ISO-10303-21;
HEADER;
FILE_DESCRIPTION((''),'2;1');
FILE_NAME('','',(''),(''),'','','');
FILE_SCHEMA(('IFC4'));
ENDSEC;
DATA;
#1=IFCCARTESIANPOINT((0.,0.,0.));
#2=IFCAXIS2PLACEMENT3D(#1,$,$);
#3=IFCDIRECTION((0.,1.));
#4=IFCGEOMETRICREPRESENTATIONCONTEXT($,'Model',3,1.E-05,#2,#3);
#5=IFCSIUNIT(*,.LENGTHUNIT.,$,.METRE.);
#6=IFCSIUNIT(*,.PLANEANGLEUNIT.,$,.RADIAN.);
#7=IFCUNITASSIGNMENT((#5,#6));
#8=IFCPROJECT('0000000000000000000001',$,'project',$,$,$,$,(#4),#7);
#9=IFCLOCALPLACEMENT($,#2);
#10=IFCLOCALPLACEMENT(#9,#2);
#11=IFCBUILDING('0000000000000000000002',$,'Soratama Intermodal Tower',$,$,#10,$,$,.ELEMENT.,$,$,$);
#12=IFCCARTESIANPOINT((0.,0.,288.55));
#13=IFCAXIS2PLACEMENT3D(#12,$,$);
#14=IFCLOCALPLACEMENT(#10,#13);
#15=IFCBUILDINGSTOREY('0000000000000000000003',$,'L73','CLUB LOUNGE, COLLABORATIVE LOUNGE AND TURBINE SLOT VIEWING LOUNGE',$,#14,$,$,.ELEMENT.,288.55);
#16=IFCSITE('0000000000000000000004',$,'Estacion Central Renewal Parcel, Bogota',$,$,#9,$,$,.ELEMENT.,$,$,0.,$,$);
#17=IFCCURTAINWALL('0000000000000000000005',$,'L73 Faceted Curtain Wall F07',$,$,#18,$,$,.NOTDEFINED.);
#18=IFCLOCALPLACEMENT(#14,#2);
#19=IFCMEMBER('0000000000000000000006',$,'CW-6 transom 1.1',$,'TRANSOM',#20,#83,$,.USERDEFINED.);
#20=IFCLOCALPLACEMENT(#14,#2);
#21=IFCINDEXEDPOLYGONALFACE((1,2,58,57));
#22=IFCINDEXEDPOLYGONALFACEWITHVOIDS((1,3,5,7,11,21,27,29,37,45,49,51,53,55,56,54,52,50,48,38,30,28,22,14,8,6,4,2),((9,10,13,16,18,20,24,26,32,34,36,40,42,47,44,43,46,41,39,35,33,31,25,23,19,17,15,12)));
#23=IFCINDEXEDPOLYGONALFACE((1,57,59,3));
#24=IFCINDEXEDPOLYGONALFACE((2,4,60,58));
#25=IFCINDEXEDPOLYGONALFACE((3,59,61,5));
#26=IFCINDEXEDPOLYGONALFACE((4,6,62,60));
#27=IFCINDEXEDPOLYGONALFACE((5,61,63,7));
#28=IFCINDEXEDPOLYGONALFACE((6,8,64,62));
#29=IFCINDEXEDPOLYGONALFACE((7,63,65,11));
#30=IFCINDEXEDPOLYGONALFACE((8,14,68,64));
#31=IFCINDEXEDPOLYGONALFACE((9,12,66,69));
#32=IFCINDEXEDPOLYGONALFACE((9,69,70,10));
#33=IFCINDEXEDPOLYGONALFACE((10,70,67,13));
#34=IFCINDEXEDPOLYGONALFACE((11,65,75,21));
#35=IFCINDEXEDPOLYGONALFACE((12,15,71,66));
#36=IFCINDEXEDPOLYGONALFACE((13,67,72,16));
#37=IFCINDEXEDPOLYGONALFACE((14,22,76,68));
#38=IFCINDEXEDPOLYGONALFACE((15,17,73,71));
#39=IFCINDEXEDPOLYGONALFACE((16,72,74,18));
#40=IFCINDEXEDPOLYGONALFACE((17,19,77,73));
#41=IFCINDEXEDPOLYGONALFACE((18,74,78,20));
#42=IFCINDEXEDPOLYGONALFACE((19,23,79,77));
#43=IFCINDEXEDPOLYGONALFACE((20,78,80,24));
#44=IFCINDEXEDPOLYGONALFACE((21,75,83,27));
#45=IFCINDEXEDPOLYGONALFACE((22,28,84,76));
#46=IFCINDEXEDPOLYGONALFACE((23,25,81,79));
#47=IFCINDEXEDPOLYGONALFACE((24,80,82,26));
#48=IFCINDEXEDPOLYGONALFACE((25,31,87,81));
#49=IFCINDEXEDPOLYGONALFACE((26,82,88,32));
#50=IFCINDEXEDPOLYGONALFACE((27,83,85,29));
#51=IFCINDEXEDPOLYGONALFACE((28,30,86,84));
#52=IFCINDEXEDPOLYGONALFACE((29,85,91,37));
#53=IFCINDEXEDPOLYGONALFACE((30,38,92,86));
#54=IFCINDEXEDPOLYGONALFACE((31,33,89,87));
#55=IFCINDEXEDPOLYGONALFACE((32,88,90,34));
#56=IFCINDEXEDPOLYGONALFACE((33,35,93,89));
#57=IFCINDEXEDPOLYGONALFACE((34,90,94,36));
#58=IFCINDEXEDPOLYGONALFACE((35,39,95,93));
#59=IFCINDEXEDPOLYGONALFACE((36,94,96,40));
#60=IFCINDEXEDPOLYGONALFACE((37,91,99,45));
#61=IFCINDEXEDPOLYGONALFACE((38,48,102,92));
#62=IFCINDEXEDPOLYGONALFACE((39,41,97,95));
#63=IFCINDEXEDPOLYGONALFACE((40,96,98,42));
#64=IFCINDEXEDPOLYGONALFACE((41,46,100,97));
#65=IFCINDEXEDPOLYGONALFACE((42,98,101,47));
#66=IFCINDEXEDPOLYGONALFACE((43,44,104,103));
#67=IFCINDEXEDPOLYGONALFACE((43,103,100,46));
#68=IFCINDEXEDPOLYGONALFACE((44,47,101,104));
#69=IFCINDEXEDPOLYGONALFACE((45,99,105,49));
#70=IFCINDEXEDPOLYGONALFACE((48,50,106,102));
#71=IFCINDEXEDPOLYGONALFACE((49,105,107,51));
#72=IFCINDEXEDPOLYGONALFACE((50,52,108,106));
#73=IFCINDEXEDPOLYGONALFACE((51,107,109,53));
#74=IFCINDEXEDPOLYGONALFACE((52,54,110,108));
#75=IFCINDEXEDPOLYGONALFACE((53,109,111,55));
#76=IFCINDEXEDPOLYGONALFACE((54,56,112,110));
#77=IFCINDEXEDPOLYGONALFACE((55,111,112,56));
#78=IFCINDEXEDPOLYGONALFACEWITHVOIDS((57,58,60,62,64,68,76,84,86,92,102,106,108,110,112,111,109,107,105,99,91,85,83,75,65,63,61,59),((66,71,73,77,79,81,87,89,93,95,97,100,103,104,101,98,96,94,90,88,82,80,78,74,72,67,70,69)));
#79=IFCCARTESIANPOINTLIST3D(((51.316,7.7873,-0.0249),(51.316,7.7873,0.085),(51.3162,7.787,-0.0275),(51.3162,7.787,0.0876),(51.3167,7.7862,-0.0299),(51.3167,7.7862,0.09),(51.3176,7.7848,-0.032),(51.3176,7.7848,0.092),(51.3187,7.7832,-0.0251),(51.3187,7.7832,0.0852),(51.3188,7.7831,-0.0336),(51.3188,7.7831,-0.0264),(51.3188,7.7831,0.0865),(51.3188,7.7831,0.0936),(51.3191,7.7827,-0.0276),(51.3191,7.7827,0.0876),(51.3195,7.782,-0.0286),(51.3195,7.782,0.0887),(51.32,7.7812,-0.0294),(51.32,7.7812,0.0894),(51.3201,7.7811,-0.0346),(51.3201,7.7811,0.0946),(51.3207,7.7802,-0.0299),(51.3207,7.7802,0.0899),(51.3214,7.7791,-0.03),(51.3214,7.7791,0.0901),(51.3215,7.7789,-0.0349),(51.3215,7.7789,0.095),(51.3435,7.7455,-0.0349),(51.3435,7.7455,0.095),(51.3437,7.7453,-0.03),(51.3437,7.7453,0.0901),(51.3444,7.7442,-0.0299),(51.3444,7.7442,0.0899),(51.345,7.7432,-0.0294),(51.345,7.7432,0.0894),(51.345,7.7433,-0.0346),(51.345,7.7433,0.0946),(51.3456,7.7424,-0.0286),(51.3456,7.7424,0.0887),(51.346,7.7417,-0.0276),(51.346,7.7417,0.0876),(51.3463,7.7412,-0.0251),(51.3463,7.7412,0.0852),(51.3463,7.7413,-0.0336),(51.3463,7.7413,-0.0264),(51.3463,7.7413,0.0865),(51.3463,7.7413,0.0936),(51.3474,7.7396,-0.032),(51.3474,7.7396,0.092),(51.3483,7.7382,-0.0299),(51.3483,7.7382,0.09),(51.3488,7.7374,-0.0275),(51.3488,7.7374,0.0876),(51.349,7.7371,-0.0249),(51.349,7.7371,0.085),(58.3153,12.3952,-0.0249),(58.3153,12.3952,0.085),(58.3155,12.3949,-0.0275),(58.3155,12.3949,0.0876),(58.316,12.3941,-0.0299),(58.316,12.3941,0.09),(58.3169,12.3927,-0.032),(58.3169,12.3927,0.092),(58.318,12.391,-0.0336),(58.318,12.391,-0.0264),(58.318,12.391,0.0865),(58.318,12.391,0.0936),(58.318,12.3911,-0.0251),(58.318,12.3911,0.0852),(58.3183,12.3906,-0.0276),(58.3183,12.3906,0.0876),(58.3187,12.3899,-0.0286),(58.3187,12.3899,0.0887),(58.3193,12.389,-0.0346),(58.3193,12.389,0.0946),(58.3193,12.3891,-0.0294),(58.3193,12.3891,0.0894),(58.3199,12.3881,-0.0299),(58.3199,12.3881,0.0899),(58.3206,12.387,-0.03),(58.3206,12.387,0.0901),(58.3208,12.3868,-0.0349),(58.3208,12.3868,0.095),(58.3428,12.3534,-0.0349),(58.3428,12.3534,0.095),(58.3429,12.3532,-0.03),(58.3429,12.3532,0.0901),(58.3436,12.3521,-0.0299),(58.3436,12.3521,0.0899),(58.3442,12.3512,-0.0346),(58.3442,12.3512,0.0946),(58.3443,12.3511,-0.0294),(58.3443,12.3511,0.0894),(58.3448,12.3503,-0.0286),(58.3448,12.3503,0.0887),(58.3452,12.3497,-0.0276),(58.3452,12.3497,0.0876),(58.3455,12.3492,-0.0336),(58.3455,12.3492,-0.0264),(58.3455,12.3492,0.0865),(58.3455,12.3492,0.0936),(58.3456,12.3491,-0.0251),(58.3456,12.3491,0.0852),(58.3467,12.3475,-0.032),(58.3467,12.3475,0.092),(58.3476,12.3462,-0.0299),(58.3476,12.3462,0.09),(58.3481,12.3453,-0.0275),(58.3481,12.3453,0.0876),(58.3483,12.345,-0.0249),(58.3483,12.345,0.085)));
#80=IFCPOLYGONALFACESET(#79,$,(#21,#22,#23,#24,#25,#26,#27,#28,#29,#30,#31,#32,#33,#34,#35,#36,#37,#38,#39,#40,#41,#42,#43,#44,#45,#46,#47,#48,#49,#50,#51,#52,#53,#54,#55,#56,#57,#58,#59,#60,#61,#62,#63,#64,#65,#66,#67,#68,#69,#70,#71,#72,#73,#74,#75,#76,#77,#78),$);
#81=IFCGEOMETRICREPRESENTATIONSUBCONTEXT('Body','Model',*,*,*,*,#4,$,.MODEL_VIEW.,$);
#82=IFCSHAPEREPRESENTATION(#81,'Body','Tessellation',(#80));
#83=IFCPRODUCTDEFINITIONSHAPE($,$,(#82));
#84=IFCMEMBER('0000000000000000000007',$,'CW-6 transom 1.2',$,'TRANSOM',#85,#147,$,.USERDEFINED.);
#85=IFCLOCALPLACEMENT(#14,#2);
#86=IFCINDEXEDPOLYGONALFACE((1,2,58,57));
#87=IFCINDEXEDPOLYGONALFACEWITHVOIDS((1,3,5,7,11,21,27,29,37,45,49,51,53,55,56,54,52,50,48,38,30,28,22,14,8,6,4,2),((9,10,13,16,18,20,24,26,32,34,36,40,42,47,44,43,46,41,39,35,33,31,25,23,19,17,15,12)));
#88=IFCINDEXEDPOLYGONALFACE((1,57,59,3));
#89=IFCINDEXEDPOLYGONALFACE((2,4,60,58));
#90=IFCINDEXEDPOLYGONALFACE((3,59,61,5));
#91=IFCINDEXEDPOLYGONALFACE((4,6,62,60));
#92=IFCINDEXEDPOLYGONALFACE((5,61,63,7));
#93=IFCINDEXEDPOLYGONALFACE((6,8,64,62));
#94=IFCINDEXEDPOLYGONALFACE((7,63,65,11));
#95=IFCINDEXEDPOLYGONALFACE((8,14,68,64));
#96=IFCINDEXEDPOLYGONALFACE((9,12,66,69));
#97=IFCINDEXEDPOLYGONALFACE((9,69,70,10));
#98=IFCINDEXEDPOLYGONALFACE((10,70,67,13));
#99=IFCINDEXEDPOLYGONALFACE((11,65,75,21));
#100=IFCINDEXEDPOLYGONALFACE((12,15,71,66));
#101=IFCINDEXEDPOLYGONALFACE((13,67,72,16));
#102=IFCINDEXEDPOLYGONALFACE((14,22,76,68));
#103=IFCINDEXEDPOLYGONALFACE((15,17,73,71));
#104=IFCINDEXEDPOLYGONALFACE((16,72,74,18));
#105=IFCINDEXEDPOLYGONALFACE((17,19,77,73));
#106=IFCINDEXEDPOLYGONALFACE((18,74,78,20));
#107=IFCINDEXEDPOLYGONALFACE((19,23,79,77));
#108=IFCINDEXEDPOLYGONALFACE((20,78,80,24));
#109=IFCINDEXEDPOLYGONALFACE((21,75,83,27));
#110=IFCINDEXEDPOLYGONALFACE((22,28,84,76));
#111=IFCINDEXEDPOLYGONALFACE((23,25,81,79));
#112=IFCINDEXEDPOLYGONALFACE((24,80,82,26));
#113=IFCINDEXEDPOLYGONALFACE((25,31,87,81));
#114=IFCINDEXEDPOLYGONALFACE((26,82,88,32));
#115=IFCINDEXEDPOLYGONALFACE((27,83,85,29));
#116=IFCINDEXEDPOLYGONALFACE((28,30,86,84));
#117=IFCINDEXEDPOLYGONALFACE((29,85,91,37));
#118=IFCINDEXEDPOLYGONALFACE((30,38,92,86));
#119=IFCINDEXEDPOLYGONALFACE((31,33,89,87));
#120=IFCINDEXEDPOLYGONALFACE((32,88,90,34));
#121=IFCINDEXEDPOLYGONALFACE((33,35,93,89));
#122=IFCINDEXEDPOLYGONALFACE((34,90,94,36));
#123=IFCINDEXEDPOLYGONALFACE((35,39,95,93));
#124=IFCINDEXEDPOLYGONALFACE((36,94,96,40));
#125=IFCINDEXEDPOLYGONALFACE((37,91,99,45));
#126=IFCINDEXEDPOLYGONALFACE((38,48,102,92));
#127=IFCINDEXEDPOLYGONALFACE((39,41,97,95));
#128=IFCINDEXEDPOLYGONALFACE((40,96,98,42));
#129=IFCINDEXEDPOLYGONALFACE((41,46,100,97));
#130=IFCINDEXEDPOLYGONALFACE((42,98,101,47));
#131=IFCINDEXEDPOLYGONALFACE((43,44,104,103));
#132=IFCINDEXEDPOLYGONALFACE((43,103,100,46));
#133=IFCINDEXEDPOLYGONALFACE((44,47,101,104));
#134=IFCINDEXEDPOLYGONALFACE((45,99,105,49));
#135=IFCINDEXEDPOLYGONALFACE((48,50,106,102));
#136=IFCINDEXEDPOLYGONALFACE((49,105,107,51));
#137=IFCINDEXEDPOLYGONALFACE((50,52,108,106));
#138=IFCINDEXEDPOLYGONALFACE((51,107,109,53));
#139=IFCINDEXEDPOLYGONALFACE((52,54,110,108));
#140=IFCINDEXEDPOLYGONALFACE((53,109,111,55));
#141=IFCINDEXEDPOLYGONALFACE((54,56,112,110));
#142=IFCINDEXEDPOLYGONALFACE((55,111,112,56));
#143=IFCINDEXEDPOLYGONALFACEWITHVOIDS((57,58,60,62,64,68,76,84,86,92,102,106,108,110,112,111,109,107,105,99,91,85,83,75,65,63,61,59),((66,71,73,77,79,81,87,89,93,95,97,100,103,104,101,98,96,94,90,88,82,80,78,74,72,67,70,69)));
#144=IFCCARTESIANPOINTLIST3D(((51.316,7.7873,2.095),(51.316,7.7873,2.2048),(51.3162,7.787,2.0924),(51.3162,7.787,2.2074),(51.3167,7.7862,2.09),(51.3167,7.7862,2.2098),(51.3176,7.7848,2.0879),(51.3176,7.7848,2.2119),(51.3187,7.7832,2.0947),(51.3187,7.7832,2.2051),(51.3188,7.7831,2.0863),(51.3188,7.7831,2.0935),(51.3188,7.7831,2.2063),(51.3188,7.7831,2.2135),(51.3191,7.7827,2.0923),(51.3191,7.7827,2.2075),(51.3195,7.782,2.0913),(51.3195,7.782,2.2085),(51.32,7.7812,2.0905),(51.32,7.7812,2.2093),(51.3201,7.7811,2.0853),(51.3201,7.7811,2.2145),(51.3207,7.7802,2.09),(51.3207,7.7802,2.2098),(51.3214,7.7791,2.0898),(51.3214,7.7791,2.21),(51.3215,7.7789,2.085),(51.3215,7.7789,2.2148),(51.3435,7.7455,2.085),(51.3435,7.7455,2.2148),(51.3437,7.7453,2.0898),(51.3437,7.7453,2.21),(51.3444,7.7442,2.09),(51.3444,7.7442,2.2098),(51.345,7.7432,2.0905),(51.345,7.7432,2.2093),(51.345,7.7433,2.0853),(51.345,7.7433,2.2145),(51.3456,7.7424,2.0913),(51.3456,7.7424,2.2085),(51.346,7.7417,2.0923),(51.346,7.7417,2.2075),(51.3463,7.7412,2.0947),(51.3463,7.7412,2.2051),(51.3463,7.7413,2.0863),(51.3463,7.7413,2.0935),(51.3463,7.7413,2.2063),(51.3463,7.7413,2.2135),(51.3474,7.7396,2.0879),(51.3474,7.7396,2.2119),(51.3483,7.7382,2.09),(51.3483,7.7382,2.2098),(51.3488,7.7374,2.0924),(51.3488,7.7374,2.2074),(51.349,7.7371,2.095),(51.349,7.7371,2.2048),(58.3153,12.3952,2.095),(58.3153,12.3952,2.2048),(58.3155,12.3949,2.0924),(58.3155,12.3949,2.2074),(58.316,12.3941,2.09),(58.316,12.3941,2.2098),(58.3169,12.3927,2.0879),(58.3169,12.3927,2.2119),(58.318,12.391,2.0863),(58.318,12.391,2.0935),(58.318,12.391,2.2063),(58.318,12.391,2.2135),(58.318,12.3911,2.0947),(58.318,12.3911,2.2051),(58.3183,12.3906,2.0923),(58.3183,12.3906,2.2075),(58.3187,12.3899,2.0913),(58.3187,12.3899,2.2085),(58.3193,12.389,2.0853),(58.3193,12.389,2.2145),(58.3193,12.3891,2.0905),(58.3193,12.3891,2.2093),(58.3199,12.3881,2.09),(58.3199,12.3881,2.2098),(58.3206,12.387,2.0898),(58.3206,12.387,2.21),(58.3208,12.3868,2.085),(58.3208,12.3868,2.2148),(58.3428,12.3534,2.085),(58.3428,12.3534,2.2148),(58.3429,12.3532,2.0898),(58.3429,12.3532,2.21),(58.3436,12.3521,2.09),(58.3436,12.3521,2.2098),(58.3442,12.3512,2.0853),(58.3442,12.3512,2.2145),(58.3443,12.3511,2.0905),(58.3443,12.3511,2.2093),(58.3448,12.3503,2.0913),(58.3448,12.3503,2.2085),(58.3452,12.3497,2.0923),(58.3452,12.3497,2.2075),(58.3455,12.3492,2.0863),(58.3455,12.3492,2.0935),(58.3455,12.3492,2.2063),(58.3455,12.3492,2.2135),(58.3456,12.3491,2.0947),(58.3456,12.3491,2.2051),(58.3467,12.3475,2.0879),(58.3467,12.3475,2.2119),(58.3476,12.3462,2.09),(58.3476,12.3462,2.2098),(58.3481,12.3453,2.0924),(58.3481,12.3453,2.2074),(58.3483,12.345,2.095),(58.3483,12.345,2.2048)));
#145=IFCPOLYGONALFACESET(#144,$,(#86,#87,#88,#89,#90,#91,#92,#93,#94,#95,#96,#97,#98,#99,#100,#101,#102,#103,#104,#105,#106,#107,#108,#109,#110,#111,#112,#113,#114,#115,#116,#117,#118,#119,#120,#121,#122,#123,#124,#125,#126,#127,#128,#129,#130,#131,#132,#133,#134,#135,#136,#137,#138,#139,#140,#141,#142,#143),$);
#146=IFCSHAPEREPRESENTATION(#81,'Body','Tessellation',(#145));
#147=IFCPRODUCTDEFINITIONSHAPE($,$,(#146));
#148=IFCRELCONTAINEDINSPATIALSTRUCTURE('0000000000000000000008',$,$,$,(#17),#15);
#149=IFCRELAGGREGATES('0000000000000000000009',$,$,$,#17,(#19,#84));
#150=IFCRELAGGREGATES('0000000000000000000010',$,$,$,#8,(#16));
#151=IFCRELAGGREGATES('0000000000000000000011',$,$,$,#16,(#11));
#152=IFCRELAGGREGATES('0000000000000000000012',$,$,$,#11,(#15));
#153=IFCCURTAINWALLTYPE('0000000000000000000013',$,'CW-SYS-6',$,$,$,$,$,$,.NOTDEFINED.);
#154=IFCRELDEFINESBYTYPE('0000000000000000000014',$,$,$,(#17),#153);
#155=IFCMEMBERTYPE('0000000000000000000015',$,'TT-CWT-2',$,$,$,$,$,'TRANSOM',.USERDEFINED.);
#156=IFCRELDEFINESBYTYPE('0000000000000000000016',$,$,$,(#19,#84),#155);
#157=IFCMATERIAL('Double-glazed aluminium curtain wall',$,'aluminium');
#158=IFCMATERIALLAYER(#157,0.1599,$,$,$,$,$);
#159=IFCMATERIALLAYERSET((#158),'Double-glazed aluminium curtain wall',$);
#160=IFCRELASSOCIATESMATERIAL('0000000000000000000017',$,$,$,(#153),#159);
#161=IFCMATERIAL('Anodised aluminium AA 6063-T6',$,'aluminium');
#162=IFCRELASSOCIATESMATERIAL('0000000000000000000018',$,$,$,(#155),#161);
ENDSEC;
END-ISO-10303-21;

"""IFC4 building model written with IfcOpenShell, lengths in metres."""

from ifc_helpers import new_model, si_unit, direction, frame, origin, origin_2d, place, context, subcontext, project, spatial, hollow_rectangle, extrude, material, layer, layer_set, material_profile, profile_set, type_object, element, aggregate, save


model = new_model("IFC4")

# Units and contexts
model_context = context("Model", 3, precision=1e-05, world=origin(), true_north=direction((0.0, 1.0)))
body_context = subcontext(model_context, "Body", "Model", "MODEL_VIEW")
ifc_project = project(units=[si_unit("LENGTHUNIT", "METRE"), si_unit("PLANEANGLEUNIT", "RADIAN")], contexts=[model_context])

# Site, building, storey
site_placement = place(None, origin())
site = spatial("IfcSite", under=ifc_project, at=site_placement, Name="Estacion Central Renewal Parcel, Bogota", CompositionType="ELEMENT", RefElevation=0.0)
building_placement = place(site_placement, origin())
building = spatial("IfcBuilding", under=site, at=building_placement, Name="Soratama Intermodal Tower", CompositionType="ELEMENT")
storey_placement = place(building_placement, frame((0.0, 0.0, 288.55)))
storey = spatial("IfcBuildingStorey", under=building, at=storey_placement, Name="L73", Description="CLUB LOUNGE, COLLABORATIVE LOUNGE AND TURBINE SLOT VIEWING LOUNGE", CompositionType="ELEMENT", Elevation=288.55)

# Curtain wall
ifc_material_1 = material(Name="Double-glazed aluminium curtain wall", Category="aluminium")
ifc_layer_1 = layer(ifc_material_1, 0.1599)
ifc_layer_set_1 = layer_set([ifc_layer_1], Name="Double-glazed aluminium curtain wall")
curtain_wall_type = type_object("IfcCurtainWallType", Name="CW-SYS-6", PredefinedType="NOTDEFINED", material=ifc_layer_set_1)
curtain_wall_1_placement = place(storey_placement, origin())
curtain_wall_1 = element("IfcCurtainWall", 1, at=curtain_wall_1_placement, inside=storey, type_object=curtain_wall_type, Name="L73 Faceted Curtain Wall F07", PredefinedType="NOTDEFINED")

# Members
ifc_material_2 = material(Name="Anodised aluminium AA 6063-T6", Category="aluminium")
ifc_material_profile_1 = material_profile(ifc_material_2, hollow_rectangle(XDim=0.0601, YDim=0.1299, WallThickness=0.0049, InnerFilletRadius=0.0049, OuterFilletRadius=0.01, at=origin_2d()), Name="CWT130X60X5")
ifc_profile_set_1 = profile_set([ifc_material_profile_1], Name="Anodised aluminium AA 6063-T6")
member_type_1 = type_object("IfcMemberType", Name="TT-CWT-2", ElementType="TRANSOM", PredefinedType="USERDEFINED", material=ifc_profile_set_1)
member_1_placement = place(storey_placement, frame((51.3325, 7.7622, 0.03), z_axis=(0.835246, 0.549877, 0.0), x_axis=(-0.549877, 0.835246, 0.0)))
member_1 = element("IfcMember", 2, at=member_1_placement, type_object=member_type_1, Name="CW-6 transom 1.1", ObjectType="TRANSOM", PredefinedType="USERDEFINED", context=body_context, shape_type="SweptSolid", body=[
    extrude(hollow_rectangle(XDim=0.0601, YDim=0.1299, WallThickness=0.0049, InnerFilletRadius=0.0049, OuterFilletRadius=0.01, at=origin_2d()), origin(), (0.0, 0.0, 1.0), 8.3799),
])
member_2_placement = place(storey_placement, frame((51.3325, 7.7622, 2.1499), z_axis=(0.835246, 0.549877, 0.0), x_axis=(-0.549877, 0.835246, 0.0)))
member_2 = element("IfcMember", 3, at=member_2_placement, type_object=member_type_1, Name="CW-6 transom 1.2", ObjectType="TRANSOM", PredefinedType="USERDEFINED", context=body_context, shape_type="SweptSolid", body=[
    extrude(hollow_rectangle(XDim=0.0601, YDim=0.1299, WallThickness=0.0049, InnerFilletRadius=0.0049, OuterFilletRadius=0.01, at=origin_2d()), origin(), (0.0, 0.0, 1.0), 8.3799),
])

aggregate(curtain_wall_1, [member_1, member_2])

save(model, "model.ifc")
